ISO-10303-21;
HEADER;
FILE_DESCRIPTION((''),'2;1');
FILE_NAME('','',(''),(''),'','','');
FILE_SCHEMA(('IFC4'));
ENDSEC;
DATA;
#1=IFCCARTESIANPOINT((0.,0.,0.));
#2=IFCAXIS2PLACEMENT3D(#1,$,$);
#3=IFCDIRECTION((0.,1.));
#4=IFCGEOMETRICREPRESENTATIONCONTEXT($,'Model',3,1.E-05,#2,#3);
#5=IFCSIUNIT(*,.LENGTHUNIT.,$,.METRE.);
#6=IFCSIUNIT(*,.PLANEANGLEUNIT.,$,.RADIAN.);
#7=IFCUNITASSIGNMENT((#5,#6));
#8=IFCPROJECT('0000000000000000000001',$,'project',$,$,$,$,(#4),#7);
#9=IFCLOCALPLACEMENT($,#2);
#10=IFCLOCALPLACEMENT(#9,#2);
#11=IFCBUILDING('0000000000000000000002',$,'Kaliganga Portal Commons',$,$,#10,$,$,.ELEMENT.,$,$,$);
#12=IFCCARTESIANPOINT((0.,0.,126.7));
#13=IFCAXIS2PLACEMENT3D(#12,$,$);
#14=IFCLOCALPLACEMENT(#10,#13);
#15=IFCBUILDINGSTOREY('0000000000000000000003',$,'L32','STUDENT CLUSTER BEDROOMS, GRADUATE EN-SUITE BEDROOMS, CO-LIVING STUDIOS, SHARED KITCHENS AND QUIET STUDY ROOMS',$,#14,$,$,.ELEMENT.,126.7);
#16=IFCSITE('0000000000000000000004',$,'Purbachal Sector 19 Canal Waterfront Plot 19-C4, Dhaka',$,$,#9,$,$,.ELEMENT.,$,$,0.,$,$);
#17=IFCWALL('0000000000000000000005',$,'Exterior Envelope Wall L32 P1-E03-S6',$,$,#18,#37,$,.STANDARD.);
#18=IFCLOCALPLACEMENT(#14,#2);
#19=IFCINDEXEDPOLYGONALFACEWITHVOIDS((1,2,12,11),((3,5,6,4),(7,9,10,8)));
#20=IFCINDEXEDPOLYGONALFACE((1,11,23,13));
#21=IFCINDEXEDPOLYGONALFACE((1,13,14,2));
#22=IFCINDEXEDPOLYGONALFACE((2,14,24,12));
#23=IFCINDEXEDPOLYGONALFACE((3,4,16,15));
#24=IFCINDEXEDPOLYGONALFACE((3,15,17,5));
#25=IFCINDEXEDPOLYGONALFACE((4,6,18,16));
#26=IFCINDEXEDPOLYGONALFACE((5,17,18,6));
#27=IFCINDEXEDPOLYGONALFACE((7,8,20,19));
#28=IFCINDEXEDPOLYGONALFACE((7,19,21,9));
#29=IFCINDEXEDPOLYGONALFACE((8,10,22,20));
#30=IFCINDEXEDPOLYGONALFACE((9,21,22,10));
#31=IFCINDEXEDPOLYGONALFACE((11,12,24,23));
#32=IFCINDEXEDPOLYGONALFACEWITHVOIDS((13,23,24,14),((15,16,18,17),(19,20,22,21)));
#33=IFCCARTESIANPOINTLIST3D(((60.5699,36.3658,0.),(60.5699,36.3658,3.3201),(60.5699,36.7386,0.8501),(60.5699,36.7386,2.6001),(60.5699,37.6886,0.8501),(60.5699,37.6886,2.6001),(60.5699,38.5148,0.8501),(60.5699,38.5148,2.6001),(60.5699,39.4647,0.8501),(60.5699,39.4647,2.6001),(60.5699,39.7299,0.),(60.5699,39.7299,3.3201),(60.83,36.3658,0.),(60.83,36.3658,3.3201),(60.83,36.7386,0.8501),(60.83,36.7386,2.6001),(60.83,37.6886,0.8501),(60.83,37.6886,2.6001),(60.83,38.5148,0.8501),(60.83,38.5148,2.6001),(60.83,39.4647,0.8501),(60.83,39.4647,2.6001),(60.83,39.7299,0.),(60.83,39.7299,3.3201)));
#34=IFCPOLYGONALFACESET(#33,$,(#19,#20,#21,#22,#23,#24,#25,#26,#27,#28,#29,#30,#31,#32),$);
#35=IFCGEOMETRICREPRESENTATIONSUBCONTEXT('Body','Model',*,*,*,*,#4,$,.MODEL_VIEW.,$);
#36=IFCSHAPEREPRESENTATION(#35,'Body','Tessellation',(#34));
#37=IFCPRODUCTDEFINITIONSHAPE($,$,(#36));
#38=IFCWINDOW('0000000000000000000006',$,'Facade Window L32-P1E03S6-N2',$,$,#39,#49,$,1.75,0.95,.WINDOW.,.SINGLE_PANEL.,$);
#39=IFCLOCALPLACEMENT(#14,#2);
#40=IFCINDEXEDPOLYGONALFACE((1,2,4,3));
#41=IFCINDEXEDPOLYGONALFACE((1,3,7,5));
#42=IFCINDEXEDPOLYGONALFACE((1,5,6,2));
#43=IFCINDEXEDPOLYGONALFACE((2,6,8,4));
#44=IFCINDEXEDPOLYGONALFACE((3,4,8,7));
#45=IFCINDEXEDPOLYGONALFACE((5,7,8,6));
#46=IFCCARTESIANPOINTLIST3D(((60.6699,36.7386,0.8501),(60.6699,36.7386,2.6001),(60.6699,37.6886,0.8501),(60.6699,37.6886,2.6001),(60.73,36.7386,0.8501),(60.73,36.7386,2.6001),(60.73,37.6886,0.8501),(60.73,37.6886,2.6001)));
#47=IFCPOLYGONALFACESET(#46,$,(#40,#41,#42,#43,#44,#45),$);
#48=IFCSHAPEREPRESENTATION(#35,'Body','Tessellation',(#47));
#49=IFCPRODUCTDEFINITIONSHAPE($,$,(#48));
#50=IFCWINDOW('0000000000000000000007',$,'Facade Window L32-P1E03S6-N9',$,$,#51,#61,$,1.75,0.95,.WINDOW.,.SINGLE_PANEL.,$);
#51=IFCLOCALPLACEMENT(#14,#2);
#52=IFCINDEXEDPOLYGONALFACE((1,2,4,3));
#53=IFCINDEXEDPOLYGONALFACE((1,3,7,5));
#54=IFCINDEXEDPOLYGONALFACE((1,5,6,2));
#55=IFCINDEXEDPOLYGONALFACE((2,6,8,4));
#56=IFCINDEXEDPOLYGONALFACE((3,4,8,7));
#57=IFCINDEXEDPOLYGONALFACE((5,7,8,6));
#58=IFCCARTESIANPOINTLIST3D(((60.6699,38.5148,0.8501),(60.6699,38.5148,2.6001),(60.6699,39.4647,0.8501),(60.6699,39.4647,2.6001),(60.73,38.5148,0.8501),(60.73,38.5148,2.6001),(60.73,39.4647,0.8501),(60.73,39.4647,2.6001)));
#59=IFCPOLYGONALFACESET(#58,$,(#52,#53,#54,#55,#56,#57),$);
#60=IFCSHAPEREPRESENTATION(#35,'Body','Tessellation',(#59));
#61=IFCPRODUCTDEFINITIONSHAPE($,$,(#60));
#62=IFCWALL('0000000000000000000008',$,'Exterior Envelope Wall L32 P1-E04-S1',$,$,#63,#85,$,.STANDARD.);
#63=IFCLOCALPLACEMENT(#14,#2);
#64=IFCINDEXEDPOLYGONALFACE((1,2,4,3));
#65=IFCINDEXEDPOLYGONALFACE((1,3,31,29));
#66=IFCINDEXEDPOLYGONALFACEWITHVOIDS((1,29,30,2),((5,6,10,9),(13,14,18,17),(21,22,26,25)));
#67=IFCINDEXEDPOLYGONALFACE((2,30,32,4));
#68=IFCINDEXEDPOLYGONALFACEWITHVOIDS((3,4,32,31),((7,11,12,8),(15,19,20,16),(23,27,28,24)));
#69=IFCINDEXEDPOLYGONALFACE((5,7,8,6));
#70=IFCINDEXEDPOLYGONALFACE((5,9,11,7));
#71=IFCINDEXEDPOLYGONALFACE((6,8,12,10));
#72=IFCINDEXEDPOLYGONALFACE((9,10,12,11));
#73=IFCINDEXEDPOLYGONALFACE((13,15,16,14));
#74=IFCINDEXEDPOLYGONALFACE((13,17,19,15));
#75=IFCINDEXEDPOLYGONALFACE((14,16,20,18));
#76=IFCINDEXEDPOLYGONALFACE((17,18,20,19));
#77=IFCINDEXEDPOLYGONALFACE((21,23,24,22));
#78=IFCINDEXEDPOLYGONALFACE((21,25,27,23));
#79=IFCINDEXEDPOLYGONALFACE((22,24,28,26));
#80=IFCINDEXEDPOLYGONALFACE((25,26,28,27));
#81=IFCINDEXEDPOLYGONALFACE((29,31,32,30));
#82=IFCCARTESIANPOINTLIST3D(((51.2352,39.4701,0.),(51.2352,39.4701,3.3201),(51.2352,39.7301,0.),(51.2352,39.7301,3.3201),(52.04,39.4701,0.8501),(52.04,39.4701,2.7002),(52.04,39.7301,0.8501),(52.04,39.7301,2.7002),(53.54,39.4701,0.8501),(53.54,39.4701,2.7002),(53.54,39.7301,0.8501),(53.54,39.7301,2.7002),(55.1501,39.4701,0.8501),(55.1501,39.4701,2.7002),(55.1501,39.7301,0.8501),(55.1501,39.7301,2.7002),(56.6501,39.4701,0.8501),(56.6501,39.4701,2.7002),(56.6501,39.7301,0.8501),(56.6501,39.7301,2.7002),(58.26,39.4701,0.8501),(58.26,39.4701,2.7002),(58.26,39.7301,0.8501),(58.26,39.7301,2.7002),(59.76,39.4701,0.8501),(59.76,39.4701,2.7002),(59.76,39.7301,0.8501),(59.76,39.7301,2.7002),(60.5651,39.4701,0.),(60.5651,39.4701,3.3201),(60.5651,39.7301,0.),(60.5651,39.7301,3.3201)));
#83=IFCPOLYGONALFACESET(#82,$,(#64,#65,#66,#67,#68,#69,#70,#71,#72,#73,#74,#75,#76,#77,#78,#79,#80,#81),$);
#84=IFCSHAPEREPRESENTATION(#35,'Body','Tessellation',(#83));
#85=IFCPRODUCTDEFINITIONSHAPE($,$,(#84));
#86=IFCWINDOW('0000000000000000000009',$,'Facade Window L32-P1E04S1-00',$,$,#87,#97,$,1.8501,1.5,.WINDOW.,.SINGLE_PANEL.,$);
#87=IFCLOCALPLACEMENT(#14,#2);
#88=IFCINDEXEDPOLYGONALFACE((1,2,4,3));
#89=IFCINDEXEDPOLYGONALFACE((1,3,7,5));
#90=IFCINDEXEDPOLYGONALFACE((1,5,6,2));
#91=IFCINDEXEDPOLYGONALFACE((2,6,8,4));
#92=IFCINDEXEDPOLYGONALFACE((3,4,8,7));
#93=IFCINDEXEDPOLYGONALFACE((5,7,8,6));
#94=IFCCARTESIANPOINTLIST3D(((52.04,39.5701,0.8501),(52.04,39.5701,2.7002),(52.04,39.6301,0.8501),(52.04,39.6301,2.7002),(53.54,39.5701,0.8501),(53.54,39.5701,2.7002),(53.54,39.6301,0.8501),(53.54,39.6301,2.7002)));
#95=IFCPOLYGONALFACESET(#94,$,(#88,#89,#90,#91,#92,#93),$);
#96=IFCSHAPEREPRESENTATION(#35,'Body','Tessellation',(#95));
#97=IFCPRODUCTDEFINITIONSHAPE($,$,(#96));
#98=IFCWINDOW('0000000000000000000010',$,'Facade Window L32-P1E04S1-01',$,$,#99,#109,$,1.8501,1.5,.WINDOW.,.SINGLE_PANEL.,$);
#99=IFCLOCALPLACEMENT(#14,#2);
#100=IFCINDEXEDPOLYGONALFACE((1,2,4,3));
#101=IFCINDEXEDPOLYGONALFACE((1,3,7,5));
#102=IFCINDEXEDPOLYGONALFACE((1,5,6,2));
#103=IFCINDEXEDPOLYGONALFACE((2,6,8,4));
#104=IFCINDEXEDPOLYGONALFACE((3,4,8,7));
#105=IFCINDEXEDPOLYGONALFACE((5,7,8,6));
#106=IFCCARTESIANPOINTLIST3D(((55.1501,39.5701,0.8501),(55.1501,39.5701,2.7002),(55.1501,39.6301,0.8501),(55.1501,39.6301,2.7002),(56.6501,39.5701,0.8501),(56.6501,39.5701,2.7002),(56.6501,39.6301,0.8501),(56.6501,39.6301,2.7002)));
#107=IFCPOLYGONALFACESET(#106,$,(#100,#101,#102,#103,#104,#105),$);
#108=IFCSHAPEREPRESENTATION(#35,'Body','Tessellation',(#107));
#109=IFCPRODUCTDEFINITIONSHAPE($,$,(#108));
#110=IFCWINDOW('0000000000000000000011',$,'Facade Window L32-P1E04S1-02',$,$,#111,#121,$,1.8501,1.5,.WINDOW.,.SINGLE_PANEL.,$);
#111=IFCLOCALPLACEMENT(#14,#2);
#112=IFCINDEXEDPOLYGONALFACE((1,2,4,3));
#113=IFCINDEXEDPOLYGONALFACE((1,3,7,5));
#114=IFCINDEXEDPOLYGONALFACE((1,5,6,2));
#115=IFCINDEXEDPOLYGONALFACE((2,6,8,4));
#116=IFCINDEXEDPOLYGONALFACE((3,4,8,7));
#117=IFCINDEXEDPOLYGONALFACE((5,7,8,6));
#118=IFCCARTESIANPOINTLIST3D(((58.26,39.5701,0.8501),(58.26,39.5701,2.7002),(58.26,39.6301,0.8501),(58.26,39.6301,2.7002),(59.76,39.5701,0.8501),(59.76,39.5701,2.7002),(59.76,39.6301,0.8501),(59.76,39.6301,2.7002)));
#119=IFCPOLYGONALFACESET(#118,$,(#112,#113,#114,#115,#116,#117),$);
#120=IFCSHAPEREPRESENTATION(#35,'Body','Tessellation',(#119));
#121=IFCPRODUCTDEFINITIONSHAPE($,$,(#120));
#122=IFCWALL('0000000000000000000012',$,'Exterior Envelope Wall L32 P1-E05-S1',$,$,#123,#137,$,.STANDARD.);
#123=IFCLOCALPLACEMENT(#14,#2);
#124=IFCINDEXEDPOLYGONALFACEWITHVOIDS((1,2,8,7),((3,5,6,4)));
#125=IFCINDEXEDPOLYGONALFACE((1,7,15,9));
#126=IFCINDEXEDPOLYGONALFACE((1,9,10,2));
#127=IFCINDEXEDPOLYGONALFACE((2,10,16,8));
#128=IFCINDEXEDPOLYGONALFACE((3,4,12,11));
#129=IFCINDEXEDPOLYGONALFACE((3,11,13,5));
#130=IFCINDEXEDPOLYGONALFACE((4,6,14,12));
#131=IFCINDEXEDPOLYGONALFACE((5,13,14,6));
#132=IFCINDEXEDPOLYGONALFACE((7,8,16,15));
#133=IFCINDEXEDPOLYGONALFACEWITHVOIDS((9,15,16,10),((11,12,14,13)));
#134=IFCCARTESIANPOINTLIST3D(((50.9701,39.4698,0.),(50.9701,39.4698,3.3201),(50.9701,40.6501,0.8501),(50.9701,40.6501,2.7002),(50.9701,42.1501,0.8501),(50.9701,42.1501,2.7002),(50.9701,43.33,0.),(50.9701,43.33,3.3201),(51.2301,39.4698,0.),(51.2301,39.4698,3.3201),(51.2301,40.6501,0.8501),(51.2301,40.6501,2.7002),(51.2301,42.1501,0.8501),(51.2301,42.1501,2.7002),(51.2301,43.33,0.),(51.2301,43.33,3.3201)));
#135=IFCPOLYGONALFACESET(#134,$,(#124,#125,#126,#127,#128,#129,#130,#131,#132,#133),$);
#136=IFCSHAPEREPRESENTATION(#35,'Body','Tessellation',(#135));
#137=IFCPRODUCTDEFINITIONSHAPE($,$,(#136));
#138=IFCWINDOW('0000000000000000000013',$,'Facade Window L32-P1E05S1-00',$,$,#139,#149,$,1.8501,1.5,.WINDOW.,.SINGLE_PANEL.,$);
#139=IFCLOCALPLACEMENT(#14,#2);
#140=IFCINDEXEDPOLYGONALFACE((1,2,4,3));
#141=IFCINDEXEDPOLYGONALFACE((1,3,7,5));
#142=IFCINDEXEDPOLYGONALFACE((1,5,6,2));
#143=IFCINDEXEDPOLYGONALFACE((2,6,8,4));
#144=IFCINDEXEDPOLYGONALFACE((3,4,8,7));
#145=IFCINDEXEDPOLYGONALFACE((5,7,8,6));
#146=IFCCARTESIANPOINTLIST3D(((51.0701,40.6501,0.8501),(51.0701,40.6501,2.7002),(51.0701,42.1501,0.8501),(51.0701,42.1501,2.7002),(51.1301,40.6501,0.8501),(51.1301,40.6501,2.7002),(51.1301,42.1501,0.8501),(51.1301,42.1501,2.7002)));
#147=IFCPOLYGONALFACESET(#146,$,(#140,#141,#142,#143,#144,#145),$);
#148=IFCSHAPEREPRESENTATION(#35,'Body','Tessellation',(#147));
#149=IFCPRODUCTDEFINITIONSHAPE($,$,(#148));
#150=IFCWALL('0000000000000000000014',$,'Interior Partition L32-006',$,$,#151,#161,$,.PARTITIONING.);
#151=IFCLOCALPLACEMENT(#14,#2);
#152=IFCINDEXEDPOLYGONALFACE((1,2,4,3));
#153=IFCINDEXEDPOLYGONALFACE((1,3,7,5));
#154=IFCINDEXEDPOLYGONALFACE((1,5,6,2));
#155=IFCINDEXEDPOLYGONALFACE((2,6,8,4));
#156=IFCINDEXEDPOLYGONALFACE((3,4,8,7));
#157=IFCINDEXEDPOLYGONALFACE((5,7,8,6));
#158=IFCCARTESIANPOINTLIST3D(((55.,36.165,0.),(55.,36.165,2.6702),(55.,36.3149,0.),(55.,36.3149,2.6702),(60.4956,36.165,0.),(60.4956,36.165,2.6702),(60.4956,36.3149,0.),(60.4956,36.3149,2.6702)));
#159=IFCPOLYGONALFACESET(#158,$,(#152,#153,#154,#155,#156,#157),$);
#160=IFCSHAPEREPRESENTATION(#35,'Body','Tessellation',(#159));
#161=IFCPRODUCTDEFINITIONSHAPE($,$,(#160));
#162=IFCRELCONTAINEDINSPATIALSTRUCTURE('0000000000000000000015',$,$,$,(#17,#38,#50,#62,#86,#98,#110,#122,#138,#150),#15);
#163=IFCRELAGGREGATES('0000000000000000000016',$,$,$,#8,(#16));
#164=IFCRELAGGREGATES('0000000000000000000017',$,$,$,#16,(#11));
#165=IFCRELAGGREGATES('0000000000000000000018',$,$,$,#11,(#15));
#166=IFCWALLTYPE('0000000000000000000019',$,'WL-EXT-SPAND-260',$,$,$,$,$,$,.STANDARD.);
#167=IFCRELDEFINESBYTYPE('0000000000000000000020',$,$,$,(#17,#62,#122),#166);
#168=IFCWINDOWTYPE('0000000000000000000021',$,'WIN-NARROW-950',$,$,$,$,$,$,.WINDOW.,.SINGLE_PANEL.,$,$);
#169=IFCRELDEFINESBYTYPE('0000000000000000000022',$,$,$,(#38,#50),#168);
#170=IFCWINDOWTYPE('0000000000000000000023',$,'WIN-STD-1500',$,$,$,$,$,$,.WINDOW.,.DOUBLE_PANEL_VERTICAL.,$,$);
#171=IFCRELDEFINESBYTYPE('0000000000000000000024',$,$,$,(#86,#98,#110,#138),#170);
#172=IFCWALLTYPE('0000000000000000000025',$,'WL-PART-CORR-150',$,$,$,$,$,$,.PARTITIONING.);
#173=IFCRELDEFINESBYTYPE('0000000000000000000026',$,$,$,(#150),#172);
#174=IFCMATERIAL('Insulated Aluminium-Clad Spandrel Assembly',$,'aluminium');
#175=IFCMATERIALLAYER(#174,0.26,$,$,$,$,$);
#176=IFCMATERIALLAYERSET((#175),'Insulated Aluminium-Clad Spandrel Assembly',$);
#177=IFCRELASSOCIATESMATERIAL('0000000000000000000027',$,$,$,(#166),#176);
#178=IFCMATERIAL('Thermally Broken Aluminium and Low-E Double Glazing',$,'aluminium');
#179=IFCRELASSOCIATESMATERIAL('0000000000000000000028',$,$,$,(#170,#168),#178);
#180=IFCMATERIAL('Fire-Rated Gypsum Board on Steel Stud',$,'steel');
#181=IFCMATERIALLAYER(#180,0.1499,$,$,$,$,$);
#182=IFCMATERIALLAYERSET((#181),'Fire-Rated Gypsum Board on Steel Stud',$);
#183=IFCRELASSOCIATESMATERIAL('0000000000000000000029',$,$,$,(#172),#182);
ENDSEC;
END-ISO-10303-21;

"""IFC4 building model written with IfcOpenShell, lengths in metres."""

from ifc_helpers import new_model, si_unit, direction, frame, frame_2d, origin, place, context, subcontext, project, spatial, rectangle, extrude, material, layer, layer_set, type_object, element, fill, save


model = new_model("IFC4")

# Units and contexts
model_context = context("Model", 3, precision=1e-05, world=origin(), true_north=direction((0.0, 1.0)))
body_context = subcontext(model_context, "Body", "Model", "MODEL_VIEW")
ifc_project = project(units=[si_unit("LENGTHUNIT", "METRE"), si_unit("PLANEANGLEUNIT", "RADIAN")], contexts=[model_context])

# Site, building, storey
site_placement = place(None, origin())
site = spatial("IfcSite", under=ifc_project, at=site_placement, Name="Purbachal Sector 19 Canal Waterfront Plot 19-C4, Dhaka", CompositionType="ELEMENT", RefElevation=0.0)
building_placement = place(site_placement, origin())
building = spatial("IfcBuilding", under=site, at=building_placement, Name="Kaliganga Portal Commons", CompositionType="ELEMENT")
storey_placement = place(building_placement, frame((0.0, 0.0, 126.7)))
storey = spatial("IfcBuildingStorey", under=building, at=storey_placement, Name="L32", Description="STUDENT CLUSTER BEDROOMS, GRADUATE EN-SUITE BEDROOMS, CO-LIVING STUDIOS, SHARED KITCHENS AND QUIET STUDY ROOMS", CompositionType="ELEMENT", Elevation=126.7)

# Walls, openings, windows
ifc_material_1 = material(Name="Insulated Aluminium-Clad Spandrel Assembly", Category="aluminium")
ifc_layer_1 = layer(ifc_material_1, 0.26)
ifc_layer_set_1 = layer_set([ifc_layer_1], Name="Insulated Aluminium-Clad Spandrel Assembly")
wall_type_1 = type_object("IfcWallType", Name="WL-EXT-SPAND-260", PredefinedType="STANDARD", material=ifc_layer_set_1)
ifc_material_2 = material(Name="Thermally Broken Aluminium and Low-E Double Glazing", Category="aluminium")
window_type_1 = type_object("IfcWindowType", Name="WIN-STD-1500", PartitioningType="DOUBLE_PANEL_VERTICAL", PredefinedType="WINDOW", material=ifc_material_2)
wall_1_placement = place(storey_placement, frame((60.7, 39.73, 0.0), z_axis=(0.0, 0.0, 1.0), x_axis=(0.0, -1.0, 0.0)))
wall_1 = element("IfcWall", 1, at=wall_1_placement, inside=storey, type_object=wall_type_1, Name="Exterior Envelope Wall L32 P1-E03-S6", PredefinedType="STANDARD", context=body_context, shape_type="SweptSolid", body=[
    extrude(rectangle(XDim=3.364, YDim=0.26, at=frame_2d((1.6821, 0.0))), origin(), (0.0, 0.0, 1.0), 3.3201),
])
opening_1_placement = place(wall_1_placement, frame((2.0413, 0.0, 0.8501)))
opening_1 = element("IfcOpeningElement", 2, at=opening_1_placement, cuts=wall_1, PredefinedType="OPENING", context=body_context, shape_type="SweptSolid", body=[
    extrude(rectangle(XDim=0.95, YDim=1.75, at=frame_2d((0.4751, 0.875))), frame((0.0, 0.1401, 0.0), z_axis=(0.0, -1.0, 0.0), x_axis=(1.0, 0.0, 0.0)), (0.0, 0.0, 1.0), 0.28),
])
opening_2_placement = place(wall_1_placement, frame((0.2651, 0.0, 0.8501)))
opening_2 = element("IfcOpeningElement", 3, at=opening_2_placement, cuts=wall_1, PredefinedType="OPENING", context=body_context, shape_type="SweptSolid", body=[
    extrude(rectangle(XDim=0.95, YDim=1.75, at=frame_2d((0.4751, 0.875))), frame((0.0, 0.1401, 0.0), z_axis=(0.0, -1.0, 0.0), x_axis=(1.0, 0.0, 0.0)), (0.0, 0.0, 1.0), 0.28),
])
window_type_2 = type_object("IfcWindowType", Name="WIN-NARROW-950", PartitioningType="SINGLE_PANEL", PredefinedType="WINDOW", material=ifc_material_2)
window_1_placement = place(opening_1_placement, origin())
window_1 = element("IfcWindow", 4, at=window_1_placement, inside=storey, type_object=window_type_2, Name="Facade Window L32-P1E03S6-N2", OverallHeight=1.75, OverallWidth=0.95, PartitioningType="SINGLE_PANEL", PredefinedType="WINDOW", context=body_context, shape_type="SweptSolid", body=[
    extrude(rectangle(XDim=0.95, YDim=1.75, at=frame_2d((0.4751, 0.875))), frame((0.0, 0.03, 0.0), z_axis=(0.0, -1.0, 0.0), x_axis=(1.0, 0.0, 0.0)), (0.0, 0.0, 1.0), 0.0601),
])
fill(opening_1, window_1)
window_2_placement = place(opening_2_placement, origin())
window_2 = element("IfcWindow", 5, at=window_2_placement, inside=storey, type_object=window_type_2, Name="Facade Window L32-P1E03S6-N9", OverallHeight=1.75, OverallWidth=0.95, PartitioningType="SINGLE_PANEL", PredefinedType="WINDOW", context=body_context, shape_type="SweptSolid", body=[
    extrude(rectangle(XDim=0.95, YDim=1.75, at=frame_2d((0.4751, 0.875))), frame((0.0, 0.03, 0.0), z_axis=(0.0, -1.0, 0.0), x_axis=(1.0, 0.0, 0.0)), (0.0, 0.0, 1.0), 0.0601),
])
fill(opening_2, window_2)
wall_2_placement = place(storey_placement, frame((51.2351, 39.6001, 0.0), z_axis=(0.0, 0.0, 1.0), x_axis=(1.0, 0.0, 0.0)))
wall_2 = element("IfcWall", 6, at=wall_2_placement, inside=storey, type_object=wall_type_1, Name="Exterior Envelope Wall L32 P1-E04-S1", PredefinedType="STANDARD", context=body_context, shape_type="SweptSolid", body=[
    extrude(rectangle(XDim=9.3298, YDim=0.26, at=frame_2d((4.665, 0.0))), origin(), (0.0, 0.0, 1.0), 3.3201),
])
opening_3_placement = place(wall_2_placement, frame((0.8049, 0.0, 0.8501)))
opening_3 = element("IfcOpeningElement", 7, at=opening_3_placement, cuts=wall_2, PredefinedType="OPENING", context=body_context, shape_type="SweptSolid", body=[
    extrude(rectangle(XDim=1.5, YDim=1.8501, at=frame_2d((0.75, 0.925))), frame((0.0, 0.1401, 0.0), z_axis=(0.0, -1.0, 0.0), x_axis=(1.0, 0.0, 0.0)), (0.0, 0.0, 1.0), 0.28),
])
opening_4_placement = place(wall_2_placement, frame((3.915, 0.0, 0.8501)))
opening_4 = element("IfcOpeningElement", 8, at=opening_4_placement, cuts=wall_2, PredefinedType="OPENING", context=body_context, shape_type="SweptSolid", body=[
    extrude(rectangle(XDim=1.5, YDim=1.8501, at=frame_2d((0.75, 0.925))), frame((0.0, 0.1401, 0.0), z_axis=(0.0, -1.0, 0.0), x_axis=(1.0, 0.0, 0.0)), (0.0, 0.0, 1.0), 0.28),
])
opening_5_placement = place(wall_2_placement, frame((7.0249, 0.0, 0.8501)))
opening_5 = element("IfcOpeningElement", 9, at=opening_5_placement, cuts=wall_2, PredefinedType="OPENING", context=body_context, shape_type="SweptSolid", body=[
    extrude(rectangle(XDim=1.5, YDim=1.8501, at=frame_2d((0.75, 0.925))), frame((0.0, 0.1401, 0.0), z_axis=(0.0, -1.0, 0.0), x_axis=(1.0, 0.0, 0.0)), (0.0, 0.0, 1.0), 0.28),
])
window_3_placement = place(opening_3_placement, origin())
window_3 = element("IfcWindow", 10, at=window_3_placement, inside=storey, type_object=window_type_1, Name="Facade Window L32-P1E04S1-00", OverallHeight=1.8501, OverallWidth=1.5, PartitioningType="SINGLE_PANEL", PredefinedType="WINDOW", context=body_context, shape_type="SweptSolid", body=[
    extrude(rectangle(XDim=1.5, YDim=1.8501, at=frame_2d((0.75, 0.925))), frame((0.0, 0.03, 0.0), z_axis=(0.0, -1.0, 0.0), x_axis=(1.0, 0.0, 0.0)), (0.0, 0.0, 1.0), 0.0601),
])
fill(opening_3, window_3)
window_4_placement = place(opening_4_placement, origin())
window_4 = element("IfcWindow", 11, at=window_4_placement, inside=storey, type_object=window_type_1, Name="Facade Window L32-P1E04S1-01", OverallHeight=1.8501, OverallWidth=1.5, PartitioningType="SINGLE_PANEL", PredefinedType="WINDOW", context=body_context, shape_type="SweptSolid", body=[
    extrude(rectangle(XDim=1.5, YDim=1.8501, at=frame_2d((0.75, 0.925))), frame((0.0, 0.03, 0.0), z_axis=(0.0, -1.0, 0.0), x_axis=(1.0, 0.0, 0.0)), (0.0, 0.0, 1.0), 0.0601),
])
fill(opening_4, window_4)
window_5_placement = place(opening_5_placement, origin())
window_5 = element("IfcWindow", 12, at=window_5_placement, inside=storey, type_object=window_type_1, Name="Facade Window L32-P1E04S1-02", OverallHeight=1.8501, OverallWidth=1.5, PartitioningType="SINGLE_PANEL", PredefinedType="WINDOW", context=body_context, shape_type="SweptSolid", body=[
    extrude(rectangle(XDim=1.5, YDim=1.8501, at=frame_2d((0.75, 0.925))), frame((0.0, 0.03, 0.0), z_axis=(0.0, -1.0, 0.0), x_axis=(1.0, 0.0, 0.0)), (0.0, 0.0, 1.0), 0.0601),
])
fill(opening_5, window_5)

# Wall, opening, window
wall_3_placement = place(storey_placement, frame((51.1001, 43.3301, 0.0), z_axis=(0.0, 0.0, 1.0), x_axis=(0.0, -1.0, 0.0)))
wall_3 = element("IfcWall", 13, at=wall_3_placement, inside=storey, type_object=wall_type_1, Name="Exterior Envelope Wall L32 P1-E05-S1", PredefinedType="STANDARD", context=body_context, shape_type="SweptSolid", body=[
    extrude(rectangle(XDim=3.8601, YDim=0.26, at=frame_2d((1.9302, 0.0))), origin(), (0.0, 0.0, 1.0), 3.3201),
])
opening_6_placement = place(wall_3_placement, frame((1.1799, 0.0, 0.8501)))
opening_6 = element("IfcOpeningElement", 14, at=opening_6_placement, cuts=wall_3, PredefinedType="OPENING", context=body_context, shape_type="SweptSolid", body=[
    extrude(rectangle(XDim=1.5, YDim=1.8501, at=frame_2d((0.75, 0.925))), frame((0.0, 0.1401, 0.0), z_axis=(0.0, -1.0, 0.0), x_axis=(1.0, 0.0, 0.0)), (0.0, 0.0, 1.0), 0.28),
])
window_6_placement = place(opening_6_placement, origin())
window_6 = element("IfcWindow", 15, at=window_6_placement, inside=storey, type_object=window_type_1, Name="Facade Window L32-P1E05S1-00", OverallHeight=1.8501, OverallWidth=1.5, PartitioningType="SINGLE_PANEL", PredefinedType="WINDOW", context=body_context, shape_type="SweptSolid", body=[
    extrude(rectangle(XDim=1.5, YDim=1.8501, at=frame_2d((0.75, 0.925))), frame((0.0, 0.03, 0.0), z_axis=(0.0, -1.0, 0.0), x_axis=(1.0, 0.0, 0.0)), (0.0, 0.0, 1.0), 0.0601),
])
fill(opening_6, window_6)

# Shared definitions
ifc_material_3 = material(Name="Fire-Rated Gypsum Board on Steel Stud", Category="steel")
ifc_layer_2 = layer(ifc_material_3, 0.1499)
ifc_layer_set_2 = layer_set([ifc_layer_2], Name="Fire-Rated Gypsum Board on Steel Stud")
wall_type_2 = type_object("IfcWallType", Name="WL-PART-CORR-150", PredefinedType="PARTITIONING", material=ifc_layer_set_2)

# Wall
wall_4_placement = place(storey_placement, frame((55.0, 36.24, 0.0), z_axis=(0.0, 0.0, 1.0), x_axis=(1.0, 0.0, 0.0)))
element("IfcWall", 16, at=wall_4_placement, inside=storey, type_object=wall_type_2, Name="Interior Partition L32-006", PredefinedType="PARTITIONING", context=body_context, shape_type="SweptSolid", body=[
    extrude(rectangle(XDim=5.4956, YDim=0.1499, at=frame_2d((2.7478, 0.0))), origin(), (0.0, 0.0, 1.0), 2.6702),
])

save(model, "model.ifc")
